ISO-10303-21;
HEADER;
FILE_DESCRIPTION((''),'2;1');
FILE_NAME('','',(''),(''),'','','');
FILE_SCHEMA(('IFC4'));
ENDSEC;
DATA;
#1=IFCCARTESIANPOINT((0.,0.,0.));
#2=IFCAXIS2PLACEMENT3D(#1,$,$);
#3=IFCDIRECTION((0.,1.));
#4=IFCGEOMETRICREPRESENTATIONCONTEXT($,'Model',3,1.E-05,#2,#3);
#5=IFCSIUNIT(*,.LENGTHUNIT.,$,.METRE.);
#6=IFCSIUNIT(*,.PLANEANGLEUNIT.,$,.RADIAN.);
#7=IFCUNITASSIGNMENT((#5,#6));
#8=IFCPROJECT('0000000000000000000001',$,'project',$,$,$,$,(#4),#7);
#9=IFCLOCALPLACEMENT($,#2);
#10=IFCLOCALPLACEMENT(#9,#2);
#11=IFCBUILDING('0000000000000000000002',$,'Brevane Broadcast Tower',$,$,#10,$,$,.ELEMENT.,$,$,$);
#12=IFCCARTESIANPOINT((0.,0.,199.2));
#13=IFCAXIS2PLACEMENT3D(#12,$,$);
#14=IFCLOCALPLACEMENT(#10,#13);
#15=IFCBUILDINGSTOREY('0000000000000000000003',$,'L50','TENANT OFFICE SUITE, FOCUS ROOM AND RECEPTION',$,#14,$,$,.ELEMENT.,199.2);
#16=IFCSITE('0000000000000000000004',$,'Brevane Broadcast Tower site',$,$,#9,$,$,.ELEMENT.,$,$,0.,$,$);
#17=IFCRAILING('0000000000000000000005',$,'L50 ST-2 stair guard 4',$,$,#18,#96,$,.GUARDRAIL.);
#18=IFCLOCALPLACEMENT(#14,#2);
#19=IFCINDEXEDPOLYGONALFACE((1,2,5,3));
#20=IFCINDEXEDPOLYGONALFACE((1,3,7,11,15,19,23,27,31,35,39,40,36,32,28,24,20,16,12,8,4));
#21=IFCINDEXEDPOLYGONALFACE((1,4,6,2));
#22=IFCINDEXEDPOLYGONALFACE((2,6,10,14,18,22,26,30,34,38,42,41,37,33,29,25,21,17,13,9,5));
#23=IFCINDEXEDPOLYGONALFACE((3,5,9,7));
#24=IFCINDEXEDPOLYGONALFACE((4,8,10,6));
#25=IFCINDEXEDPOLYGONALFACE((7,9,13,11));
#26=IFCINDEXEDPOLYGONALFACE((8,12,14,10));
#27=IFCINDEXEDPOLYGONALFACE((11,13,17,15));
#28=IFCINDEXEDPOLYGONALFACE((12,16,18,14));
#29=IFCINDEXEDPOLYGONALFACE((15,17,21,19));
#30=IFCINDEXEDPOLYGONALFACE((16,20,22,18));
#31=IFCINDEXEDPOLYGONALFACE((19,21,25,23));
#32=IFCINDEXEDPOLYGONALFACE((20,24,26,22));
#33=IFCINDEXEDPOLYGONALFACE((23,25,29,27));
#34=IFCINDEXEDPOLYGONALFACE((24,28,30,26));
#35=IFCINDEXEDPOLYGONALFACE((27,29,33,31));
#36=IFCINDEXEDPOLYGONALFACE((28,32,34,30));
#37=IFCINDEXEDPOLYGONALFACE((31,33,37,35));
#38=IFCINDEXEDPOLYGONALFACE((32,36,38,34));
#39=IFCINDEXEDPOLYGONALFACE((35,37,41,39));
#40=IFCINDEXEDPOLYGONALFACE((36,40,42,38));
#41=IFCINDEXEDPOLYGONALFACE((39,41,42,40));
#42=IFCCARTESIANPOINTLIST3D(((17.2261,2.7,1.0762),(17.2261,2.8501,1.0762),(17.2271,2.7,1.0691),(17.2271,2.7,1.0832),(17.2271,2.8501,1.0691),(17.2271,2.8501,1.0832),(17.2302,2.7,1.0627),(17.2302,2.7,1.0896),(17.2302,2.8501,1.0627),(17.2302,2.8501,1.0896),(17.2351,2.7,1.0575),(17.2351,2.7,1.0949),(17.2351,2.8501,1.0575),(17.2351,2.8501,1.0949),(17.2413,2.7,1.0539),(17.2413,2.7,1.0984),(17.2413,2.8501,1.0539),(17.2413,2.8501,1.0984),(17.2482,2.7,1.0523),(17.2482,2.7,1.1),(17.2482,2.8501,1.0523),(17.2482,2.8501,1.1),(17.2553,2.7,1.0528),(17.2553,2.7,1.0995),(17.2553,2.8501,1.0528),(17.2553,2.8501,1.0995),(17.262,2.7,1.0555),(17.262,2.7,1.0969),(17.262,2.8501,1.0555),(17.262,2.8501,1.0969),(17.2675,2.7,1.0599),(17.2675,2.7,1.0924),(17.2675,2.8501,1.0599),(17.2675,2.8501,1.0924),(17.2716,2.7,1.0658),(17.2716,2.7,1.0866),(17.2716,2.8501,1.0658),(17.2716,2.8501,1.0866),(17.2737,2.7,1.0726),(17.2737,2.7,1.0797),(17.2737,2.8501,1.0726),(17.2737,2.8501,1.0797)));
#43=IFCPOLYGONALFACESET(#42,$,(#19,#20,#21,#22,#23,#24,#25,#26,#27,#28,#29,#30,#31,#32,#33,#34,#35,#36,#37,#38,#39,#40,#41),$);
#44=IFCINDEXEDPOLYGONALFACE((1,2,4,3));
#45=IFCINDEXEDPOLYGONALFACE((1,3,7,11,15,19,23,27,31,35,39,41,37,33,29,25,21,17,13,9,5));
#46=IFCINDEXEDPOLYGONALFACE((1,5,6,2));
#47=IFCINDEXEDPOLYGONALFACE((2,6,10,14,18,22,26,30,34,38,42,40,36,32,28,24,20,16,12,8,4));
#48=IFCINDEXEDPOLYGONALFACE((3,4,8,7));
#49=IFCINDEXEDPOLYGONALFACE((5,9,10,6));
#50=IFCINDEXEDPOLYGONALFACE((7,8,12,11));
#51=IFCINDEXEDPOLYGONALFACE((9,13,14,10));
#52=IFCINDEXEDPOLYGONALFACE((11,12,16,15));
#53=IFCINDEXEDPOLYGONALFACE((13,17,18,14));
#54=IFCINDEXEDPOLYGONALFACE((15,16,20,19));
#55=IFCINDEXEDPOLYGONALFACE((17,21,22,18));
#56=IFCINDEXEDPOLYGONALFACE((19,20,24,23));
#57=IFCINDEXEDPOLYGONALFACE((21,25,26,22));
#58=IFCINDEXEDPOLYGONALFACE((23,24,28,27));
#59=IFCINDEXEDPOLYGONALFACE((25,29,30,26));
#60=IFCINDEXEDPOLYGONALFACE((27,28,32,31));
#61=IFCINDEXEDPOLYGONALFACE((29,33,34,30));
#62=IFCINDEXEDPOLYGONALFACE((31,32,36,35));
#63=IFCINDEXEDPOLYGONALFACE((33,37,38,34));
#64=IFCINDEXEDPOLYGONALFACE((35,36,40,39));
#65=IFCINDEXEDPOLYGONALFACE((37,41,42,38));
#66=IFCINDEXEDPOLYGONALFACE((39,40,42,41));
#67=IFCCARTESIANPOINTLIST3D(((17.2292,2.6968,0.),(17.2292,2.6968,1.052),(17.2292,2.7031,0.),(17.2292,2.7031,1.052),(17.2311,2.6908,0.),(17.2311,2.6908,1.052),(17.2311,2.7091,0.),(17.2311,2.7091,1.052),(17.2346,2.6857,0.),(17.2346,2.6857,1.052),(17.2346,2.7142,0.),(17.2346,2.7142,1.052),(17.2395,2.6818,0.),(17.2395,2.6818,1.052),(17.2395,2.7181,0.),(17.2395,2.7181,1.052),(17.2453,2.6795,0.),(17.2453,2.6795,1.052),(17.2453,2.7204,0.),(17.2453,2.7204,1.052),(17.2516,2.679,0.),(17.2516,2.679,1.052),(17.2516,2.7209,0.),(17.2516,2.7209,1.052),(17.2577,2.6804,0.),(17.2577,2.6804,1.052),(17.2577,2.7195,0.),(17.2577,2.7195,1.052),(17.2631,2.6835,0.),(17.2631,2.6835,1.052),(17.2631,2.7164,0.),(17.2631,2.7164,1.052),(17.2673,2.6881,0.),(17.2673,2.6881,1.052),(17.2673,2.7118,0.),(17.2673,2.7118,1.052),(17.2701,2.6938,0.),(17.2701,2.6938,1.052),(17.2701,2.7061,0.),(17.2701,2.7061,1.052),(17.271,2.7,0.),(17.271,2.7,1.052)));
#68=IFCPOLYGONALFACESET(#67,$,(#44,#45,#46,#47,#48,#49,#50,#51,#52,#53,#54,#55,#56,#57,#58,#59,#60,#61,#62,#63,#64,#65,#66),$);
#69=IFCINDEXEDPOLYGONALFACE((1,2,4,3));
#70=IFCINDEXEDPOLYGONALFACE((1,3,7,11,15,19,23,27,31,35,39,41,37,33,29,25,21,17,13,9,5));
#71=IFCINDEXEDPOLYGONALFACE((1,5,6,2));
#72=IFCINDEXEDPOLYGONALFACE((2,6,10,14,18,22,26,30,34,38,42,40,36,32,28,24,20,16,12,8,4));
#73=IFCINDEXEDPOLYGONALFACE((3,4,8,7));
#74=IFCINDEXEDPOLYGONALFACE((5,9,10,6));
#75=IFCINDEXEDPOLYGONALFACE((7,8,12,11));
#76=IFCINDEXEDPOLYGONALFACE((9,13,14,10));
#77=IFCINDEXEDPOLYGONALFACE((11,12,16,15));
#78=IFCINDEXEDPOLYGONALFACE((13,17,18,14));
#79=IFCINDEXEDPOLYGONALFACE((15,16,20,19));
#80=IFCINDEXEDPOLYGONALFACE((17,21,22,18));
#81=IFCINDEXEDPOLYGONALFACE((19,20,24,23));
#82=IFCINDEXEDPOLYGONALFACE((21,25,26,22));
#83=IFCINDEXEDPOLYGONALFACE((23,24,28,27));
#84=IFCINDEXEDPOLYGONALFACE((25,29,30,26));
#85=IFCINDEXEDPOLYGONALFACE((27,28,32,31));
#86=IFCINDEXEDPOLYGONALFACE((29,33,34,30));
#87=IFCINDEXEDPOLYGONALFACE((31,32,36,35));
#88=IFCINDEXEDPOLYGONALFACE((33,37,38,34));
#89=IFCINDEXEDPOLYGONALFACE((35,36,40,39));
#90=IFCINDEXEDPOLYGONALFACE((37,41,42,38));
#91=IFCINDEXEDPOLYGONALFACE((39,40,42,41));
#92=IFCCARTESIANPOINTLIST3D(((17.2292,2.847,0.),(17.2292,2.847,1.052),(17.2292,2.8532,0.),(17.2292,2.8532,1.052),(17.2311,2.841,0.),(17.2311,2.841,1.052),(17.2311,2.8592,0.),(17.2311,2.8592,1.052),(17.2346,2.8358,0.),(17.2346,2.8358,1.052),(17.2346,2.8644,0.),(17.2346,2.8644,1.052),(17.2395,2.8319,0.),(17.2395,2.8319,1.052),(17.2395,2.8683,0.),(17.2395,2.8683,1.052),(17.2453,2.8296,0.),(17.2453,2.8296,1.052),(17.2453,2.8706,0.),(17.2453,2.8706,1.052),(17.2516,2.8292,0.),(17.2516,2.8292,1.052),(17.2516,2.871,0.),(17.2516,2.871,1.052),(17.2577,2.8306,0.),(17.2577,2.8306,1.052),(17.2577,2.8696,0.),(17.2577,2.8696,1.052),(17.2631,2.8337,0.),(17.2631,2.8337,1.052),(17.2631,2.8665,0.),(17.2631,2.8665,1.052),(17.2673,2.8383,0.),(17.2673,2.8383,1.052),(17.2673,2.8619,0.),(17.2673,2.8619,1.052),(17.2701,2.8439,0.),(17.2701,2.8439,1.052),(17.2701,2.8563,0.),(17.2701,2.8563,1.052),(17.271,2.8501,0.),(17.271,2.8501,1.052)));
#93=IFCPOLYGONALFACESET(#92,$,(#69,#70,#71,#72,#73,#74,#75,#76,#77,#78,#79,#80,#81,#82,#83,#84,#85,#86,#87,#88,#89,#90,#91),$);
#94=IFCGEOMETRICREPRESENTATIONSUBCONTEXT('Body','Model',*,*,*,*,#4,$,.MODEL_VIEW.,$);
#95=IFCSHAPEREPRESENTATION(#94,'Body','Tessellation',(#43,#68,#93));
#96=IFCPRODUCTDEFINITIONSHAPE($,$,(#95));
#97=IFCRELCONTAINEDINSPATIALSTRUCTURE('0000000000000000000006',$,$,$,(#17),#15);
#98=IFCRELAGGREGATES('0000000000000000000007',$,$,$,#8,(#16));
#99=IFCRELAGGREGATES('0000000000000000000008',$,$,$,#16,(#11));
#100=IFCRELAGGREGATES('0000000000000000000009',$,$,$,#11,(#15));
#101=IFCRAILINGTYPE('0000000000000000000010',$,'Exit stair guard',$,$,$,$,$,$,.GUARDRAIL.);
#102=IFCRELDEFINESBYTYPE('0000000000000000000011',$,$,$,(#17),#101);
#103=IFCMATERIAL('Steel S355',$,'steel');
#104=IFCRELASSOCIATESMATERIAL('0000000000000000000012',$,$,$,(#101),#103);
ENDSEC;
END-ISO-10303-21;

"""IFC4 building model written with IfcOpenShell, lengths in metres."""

from ifc_helpers import new_model, si_unit, direction, frame, origin, origin_2d, place, context, subcontext, project, spatial, circle, extrude, material, type_object, element, save


model = new_model("IFC4")

# Units and contexts
model_context = context("Model", 3, precision=1e-05, world=origin(), true_north=direction((0.0, 1.0)))
body_context = subcontext(model_context, "Body", "Model", "MODEL_VIEW")
ifc_project = project(units=[si_unit("LENGTHUNIT", "METRE"), si_unit("PLANEANGLEUNIT", "RADIAN")], contexts=[model_context])

# Site, building, storey
site_placement = place(None, origin())
site = spatial("IfcSite", under=ifc_project, at=site_placement, Name="Brevane Broadcast Tower site", CompositionType="ELEMENT", RefElevation=0.0)
building_placement = place(site_placement, origin())
building = spatial("IfcBuilding", under=site, at=building_placement, Name="Brevane Broadcast Tower", CompositionType="ELEMENT")
storey_placement = place(building_placement, frame((0.0, 0.0, 199.2)))
storey = spatial("IfcBuildingStorey", under=building, at=storey_placement, Name="L50", Description="TENANT OFFICE SUITE, FOCUS ROOM AND RECEPTION", CompositionType="ELEMENT", Elevation=199.2)

# Railing
ifc_material_1 = material(Name="Steel S355", Category="steel")
railing_type_1 = type_object("IfcRailingType", Name="Exit stair guard", PredefinedType="GUARDRAIL", material=ifc_material_1)
railing_1_placement = place(storey_placement, frame((17.25, 2.7, 0.0)))
element("IfcRailing", 1, at=railing_1_placement, inside=storey, type_object=railing_type_1, Name="L50 ST-2 stair guard 4", PredefinedType="GUARDRAIL", context=body_context, shape_type="SweptSolid", body=[
    extrude(circle(Radius=0.0239, at=origin_2d()), frame((0.0, 0.0, 1.0762), z_axis=(0.0, 1.0, 0.0), x_axis=(-1.0, 0.0, 0.0)), (0.0, 0.0, 1.0), 0.1501),
    extrude(circle(Radius=0.021, at=origin_2d()), origin(), (0.0, 0.0, 1.0), 1.052),
    extrude(circle(Radius=0.021, at=origin_2d()), frame((0.0, 0.1501, 0.0)), (0.0, 0.0, 1.0), 1.052),
])

save(model, "model.ifc")
